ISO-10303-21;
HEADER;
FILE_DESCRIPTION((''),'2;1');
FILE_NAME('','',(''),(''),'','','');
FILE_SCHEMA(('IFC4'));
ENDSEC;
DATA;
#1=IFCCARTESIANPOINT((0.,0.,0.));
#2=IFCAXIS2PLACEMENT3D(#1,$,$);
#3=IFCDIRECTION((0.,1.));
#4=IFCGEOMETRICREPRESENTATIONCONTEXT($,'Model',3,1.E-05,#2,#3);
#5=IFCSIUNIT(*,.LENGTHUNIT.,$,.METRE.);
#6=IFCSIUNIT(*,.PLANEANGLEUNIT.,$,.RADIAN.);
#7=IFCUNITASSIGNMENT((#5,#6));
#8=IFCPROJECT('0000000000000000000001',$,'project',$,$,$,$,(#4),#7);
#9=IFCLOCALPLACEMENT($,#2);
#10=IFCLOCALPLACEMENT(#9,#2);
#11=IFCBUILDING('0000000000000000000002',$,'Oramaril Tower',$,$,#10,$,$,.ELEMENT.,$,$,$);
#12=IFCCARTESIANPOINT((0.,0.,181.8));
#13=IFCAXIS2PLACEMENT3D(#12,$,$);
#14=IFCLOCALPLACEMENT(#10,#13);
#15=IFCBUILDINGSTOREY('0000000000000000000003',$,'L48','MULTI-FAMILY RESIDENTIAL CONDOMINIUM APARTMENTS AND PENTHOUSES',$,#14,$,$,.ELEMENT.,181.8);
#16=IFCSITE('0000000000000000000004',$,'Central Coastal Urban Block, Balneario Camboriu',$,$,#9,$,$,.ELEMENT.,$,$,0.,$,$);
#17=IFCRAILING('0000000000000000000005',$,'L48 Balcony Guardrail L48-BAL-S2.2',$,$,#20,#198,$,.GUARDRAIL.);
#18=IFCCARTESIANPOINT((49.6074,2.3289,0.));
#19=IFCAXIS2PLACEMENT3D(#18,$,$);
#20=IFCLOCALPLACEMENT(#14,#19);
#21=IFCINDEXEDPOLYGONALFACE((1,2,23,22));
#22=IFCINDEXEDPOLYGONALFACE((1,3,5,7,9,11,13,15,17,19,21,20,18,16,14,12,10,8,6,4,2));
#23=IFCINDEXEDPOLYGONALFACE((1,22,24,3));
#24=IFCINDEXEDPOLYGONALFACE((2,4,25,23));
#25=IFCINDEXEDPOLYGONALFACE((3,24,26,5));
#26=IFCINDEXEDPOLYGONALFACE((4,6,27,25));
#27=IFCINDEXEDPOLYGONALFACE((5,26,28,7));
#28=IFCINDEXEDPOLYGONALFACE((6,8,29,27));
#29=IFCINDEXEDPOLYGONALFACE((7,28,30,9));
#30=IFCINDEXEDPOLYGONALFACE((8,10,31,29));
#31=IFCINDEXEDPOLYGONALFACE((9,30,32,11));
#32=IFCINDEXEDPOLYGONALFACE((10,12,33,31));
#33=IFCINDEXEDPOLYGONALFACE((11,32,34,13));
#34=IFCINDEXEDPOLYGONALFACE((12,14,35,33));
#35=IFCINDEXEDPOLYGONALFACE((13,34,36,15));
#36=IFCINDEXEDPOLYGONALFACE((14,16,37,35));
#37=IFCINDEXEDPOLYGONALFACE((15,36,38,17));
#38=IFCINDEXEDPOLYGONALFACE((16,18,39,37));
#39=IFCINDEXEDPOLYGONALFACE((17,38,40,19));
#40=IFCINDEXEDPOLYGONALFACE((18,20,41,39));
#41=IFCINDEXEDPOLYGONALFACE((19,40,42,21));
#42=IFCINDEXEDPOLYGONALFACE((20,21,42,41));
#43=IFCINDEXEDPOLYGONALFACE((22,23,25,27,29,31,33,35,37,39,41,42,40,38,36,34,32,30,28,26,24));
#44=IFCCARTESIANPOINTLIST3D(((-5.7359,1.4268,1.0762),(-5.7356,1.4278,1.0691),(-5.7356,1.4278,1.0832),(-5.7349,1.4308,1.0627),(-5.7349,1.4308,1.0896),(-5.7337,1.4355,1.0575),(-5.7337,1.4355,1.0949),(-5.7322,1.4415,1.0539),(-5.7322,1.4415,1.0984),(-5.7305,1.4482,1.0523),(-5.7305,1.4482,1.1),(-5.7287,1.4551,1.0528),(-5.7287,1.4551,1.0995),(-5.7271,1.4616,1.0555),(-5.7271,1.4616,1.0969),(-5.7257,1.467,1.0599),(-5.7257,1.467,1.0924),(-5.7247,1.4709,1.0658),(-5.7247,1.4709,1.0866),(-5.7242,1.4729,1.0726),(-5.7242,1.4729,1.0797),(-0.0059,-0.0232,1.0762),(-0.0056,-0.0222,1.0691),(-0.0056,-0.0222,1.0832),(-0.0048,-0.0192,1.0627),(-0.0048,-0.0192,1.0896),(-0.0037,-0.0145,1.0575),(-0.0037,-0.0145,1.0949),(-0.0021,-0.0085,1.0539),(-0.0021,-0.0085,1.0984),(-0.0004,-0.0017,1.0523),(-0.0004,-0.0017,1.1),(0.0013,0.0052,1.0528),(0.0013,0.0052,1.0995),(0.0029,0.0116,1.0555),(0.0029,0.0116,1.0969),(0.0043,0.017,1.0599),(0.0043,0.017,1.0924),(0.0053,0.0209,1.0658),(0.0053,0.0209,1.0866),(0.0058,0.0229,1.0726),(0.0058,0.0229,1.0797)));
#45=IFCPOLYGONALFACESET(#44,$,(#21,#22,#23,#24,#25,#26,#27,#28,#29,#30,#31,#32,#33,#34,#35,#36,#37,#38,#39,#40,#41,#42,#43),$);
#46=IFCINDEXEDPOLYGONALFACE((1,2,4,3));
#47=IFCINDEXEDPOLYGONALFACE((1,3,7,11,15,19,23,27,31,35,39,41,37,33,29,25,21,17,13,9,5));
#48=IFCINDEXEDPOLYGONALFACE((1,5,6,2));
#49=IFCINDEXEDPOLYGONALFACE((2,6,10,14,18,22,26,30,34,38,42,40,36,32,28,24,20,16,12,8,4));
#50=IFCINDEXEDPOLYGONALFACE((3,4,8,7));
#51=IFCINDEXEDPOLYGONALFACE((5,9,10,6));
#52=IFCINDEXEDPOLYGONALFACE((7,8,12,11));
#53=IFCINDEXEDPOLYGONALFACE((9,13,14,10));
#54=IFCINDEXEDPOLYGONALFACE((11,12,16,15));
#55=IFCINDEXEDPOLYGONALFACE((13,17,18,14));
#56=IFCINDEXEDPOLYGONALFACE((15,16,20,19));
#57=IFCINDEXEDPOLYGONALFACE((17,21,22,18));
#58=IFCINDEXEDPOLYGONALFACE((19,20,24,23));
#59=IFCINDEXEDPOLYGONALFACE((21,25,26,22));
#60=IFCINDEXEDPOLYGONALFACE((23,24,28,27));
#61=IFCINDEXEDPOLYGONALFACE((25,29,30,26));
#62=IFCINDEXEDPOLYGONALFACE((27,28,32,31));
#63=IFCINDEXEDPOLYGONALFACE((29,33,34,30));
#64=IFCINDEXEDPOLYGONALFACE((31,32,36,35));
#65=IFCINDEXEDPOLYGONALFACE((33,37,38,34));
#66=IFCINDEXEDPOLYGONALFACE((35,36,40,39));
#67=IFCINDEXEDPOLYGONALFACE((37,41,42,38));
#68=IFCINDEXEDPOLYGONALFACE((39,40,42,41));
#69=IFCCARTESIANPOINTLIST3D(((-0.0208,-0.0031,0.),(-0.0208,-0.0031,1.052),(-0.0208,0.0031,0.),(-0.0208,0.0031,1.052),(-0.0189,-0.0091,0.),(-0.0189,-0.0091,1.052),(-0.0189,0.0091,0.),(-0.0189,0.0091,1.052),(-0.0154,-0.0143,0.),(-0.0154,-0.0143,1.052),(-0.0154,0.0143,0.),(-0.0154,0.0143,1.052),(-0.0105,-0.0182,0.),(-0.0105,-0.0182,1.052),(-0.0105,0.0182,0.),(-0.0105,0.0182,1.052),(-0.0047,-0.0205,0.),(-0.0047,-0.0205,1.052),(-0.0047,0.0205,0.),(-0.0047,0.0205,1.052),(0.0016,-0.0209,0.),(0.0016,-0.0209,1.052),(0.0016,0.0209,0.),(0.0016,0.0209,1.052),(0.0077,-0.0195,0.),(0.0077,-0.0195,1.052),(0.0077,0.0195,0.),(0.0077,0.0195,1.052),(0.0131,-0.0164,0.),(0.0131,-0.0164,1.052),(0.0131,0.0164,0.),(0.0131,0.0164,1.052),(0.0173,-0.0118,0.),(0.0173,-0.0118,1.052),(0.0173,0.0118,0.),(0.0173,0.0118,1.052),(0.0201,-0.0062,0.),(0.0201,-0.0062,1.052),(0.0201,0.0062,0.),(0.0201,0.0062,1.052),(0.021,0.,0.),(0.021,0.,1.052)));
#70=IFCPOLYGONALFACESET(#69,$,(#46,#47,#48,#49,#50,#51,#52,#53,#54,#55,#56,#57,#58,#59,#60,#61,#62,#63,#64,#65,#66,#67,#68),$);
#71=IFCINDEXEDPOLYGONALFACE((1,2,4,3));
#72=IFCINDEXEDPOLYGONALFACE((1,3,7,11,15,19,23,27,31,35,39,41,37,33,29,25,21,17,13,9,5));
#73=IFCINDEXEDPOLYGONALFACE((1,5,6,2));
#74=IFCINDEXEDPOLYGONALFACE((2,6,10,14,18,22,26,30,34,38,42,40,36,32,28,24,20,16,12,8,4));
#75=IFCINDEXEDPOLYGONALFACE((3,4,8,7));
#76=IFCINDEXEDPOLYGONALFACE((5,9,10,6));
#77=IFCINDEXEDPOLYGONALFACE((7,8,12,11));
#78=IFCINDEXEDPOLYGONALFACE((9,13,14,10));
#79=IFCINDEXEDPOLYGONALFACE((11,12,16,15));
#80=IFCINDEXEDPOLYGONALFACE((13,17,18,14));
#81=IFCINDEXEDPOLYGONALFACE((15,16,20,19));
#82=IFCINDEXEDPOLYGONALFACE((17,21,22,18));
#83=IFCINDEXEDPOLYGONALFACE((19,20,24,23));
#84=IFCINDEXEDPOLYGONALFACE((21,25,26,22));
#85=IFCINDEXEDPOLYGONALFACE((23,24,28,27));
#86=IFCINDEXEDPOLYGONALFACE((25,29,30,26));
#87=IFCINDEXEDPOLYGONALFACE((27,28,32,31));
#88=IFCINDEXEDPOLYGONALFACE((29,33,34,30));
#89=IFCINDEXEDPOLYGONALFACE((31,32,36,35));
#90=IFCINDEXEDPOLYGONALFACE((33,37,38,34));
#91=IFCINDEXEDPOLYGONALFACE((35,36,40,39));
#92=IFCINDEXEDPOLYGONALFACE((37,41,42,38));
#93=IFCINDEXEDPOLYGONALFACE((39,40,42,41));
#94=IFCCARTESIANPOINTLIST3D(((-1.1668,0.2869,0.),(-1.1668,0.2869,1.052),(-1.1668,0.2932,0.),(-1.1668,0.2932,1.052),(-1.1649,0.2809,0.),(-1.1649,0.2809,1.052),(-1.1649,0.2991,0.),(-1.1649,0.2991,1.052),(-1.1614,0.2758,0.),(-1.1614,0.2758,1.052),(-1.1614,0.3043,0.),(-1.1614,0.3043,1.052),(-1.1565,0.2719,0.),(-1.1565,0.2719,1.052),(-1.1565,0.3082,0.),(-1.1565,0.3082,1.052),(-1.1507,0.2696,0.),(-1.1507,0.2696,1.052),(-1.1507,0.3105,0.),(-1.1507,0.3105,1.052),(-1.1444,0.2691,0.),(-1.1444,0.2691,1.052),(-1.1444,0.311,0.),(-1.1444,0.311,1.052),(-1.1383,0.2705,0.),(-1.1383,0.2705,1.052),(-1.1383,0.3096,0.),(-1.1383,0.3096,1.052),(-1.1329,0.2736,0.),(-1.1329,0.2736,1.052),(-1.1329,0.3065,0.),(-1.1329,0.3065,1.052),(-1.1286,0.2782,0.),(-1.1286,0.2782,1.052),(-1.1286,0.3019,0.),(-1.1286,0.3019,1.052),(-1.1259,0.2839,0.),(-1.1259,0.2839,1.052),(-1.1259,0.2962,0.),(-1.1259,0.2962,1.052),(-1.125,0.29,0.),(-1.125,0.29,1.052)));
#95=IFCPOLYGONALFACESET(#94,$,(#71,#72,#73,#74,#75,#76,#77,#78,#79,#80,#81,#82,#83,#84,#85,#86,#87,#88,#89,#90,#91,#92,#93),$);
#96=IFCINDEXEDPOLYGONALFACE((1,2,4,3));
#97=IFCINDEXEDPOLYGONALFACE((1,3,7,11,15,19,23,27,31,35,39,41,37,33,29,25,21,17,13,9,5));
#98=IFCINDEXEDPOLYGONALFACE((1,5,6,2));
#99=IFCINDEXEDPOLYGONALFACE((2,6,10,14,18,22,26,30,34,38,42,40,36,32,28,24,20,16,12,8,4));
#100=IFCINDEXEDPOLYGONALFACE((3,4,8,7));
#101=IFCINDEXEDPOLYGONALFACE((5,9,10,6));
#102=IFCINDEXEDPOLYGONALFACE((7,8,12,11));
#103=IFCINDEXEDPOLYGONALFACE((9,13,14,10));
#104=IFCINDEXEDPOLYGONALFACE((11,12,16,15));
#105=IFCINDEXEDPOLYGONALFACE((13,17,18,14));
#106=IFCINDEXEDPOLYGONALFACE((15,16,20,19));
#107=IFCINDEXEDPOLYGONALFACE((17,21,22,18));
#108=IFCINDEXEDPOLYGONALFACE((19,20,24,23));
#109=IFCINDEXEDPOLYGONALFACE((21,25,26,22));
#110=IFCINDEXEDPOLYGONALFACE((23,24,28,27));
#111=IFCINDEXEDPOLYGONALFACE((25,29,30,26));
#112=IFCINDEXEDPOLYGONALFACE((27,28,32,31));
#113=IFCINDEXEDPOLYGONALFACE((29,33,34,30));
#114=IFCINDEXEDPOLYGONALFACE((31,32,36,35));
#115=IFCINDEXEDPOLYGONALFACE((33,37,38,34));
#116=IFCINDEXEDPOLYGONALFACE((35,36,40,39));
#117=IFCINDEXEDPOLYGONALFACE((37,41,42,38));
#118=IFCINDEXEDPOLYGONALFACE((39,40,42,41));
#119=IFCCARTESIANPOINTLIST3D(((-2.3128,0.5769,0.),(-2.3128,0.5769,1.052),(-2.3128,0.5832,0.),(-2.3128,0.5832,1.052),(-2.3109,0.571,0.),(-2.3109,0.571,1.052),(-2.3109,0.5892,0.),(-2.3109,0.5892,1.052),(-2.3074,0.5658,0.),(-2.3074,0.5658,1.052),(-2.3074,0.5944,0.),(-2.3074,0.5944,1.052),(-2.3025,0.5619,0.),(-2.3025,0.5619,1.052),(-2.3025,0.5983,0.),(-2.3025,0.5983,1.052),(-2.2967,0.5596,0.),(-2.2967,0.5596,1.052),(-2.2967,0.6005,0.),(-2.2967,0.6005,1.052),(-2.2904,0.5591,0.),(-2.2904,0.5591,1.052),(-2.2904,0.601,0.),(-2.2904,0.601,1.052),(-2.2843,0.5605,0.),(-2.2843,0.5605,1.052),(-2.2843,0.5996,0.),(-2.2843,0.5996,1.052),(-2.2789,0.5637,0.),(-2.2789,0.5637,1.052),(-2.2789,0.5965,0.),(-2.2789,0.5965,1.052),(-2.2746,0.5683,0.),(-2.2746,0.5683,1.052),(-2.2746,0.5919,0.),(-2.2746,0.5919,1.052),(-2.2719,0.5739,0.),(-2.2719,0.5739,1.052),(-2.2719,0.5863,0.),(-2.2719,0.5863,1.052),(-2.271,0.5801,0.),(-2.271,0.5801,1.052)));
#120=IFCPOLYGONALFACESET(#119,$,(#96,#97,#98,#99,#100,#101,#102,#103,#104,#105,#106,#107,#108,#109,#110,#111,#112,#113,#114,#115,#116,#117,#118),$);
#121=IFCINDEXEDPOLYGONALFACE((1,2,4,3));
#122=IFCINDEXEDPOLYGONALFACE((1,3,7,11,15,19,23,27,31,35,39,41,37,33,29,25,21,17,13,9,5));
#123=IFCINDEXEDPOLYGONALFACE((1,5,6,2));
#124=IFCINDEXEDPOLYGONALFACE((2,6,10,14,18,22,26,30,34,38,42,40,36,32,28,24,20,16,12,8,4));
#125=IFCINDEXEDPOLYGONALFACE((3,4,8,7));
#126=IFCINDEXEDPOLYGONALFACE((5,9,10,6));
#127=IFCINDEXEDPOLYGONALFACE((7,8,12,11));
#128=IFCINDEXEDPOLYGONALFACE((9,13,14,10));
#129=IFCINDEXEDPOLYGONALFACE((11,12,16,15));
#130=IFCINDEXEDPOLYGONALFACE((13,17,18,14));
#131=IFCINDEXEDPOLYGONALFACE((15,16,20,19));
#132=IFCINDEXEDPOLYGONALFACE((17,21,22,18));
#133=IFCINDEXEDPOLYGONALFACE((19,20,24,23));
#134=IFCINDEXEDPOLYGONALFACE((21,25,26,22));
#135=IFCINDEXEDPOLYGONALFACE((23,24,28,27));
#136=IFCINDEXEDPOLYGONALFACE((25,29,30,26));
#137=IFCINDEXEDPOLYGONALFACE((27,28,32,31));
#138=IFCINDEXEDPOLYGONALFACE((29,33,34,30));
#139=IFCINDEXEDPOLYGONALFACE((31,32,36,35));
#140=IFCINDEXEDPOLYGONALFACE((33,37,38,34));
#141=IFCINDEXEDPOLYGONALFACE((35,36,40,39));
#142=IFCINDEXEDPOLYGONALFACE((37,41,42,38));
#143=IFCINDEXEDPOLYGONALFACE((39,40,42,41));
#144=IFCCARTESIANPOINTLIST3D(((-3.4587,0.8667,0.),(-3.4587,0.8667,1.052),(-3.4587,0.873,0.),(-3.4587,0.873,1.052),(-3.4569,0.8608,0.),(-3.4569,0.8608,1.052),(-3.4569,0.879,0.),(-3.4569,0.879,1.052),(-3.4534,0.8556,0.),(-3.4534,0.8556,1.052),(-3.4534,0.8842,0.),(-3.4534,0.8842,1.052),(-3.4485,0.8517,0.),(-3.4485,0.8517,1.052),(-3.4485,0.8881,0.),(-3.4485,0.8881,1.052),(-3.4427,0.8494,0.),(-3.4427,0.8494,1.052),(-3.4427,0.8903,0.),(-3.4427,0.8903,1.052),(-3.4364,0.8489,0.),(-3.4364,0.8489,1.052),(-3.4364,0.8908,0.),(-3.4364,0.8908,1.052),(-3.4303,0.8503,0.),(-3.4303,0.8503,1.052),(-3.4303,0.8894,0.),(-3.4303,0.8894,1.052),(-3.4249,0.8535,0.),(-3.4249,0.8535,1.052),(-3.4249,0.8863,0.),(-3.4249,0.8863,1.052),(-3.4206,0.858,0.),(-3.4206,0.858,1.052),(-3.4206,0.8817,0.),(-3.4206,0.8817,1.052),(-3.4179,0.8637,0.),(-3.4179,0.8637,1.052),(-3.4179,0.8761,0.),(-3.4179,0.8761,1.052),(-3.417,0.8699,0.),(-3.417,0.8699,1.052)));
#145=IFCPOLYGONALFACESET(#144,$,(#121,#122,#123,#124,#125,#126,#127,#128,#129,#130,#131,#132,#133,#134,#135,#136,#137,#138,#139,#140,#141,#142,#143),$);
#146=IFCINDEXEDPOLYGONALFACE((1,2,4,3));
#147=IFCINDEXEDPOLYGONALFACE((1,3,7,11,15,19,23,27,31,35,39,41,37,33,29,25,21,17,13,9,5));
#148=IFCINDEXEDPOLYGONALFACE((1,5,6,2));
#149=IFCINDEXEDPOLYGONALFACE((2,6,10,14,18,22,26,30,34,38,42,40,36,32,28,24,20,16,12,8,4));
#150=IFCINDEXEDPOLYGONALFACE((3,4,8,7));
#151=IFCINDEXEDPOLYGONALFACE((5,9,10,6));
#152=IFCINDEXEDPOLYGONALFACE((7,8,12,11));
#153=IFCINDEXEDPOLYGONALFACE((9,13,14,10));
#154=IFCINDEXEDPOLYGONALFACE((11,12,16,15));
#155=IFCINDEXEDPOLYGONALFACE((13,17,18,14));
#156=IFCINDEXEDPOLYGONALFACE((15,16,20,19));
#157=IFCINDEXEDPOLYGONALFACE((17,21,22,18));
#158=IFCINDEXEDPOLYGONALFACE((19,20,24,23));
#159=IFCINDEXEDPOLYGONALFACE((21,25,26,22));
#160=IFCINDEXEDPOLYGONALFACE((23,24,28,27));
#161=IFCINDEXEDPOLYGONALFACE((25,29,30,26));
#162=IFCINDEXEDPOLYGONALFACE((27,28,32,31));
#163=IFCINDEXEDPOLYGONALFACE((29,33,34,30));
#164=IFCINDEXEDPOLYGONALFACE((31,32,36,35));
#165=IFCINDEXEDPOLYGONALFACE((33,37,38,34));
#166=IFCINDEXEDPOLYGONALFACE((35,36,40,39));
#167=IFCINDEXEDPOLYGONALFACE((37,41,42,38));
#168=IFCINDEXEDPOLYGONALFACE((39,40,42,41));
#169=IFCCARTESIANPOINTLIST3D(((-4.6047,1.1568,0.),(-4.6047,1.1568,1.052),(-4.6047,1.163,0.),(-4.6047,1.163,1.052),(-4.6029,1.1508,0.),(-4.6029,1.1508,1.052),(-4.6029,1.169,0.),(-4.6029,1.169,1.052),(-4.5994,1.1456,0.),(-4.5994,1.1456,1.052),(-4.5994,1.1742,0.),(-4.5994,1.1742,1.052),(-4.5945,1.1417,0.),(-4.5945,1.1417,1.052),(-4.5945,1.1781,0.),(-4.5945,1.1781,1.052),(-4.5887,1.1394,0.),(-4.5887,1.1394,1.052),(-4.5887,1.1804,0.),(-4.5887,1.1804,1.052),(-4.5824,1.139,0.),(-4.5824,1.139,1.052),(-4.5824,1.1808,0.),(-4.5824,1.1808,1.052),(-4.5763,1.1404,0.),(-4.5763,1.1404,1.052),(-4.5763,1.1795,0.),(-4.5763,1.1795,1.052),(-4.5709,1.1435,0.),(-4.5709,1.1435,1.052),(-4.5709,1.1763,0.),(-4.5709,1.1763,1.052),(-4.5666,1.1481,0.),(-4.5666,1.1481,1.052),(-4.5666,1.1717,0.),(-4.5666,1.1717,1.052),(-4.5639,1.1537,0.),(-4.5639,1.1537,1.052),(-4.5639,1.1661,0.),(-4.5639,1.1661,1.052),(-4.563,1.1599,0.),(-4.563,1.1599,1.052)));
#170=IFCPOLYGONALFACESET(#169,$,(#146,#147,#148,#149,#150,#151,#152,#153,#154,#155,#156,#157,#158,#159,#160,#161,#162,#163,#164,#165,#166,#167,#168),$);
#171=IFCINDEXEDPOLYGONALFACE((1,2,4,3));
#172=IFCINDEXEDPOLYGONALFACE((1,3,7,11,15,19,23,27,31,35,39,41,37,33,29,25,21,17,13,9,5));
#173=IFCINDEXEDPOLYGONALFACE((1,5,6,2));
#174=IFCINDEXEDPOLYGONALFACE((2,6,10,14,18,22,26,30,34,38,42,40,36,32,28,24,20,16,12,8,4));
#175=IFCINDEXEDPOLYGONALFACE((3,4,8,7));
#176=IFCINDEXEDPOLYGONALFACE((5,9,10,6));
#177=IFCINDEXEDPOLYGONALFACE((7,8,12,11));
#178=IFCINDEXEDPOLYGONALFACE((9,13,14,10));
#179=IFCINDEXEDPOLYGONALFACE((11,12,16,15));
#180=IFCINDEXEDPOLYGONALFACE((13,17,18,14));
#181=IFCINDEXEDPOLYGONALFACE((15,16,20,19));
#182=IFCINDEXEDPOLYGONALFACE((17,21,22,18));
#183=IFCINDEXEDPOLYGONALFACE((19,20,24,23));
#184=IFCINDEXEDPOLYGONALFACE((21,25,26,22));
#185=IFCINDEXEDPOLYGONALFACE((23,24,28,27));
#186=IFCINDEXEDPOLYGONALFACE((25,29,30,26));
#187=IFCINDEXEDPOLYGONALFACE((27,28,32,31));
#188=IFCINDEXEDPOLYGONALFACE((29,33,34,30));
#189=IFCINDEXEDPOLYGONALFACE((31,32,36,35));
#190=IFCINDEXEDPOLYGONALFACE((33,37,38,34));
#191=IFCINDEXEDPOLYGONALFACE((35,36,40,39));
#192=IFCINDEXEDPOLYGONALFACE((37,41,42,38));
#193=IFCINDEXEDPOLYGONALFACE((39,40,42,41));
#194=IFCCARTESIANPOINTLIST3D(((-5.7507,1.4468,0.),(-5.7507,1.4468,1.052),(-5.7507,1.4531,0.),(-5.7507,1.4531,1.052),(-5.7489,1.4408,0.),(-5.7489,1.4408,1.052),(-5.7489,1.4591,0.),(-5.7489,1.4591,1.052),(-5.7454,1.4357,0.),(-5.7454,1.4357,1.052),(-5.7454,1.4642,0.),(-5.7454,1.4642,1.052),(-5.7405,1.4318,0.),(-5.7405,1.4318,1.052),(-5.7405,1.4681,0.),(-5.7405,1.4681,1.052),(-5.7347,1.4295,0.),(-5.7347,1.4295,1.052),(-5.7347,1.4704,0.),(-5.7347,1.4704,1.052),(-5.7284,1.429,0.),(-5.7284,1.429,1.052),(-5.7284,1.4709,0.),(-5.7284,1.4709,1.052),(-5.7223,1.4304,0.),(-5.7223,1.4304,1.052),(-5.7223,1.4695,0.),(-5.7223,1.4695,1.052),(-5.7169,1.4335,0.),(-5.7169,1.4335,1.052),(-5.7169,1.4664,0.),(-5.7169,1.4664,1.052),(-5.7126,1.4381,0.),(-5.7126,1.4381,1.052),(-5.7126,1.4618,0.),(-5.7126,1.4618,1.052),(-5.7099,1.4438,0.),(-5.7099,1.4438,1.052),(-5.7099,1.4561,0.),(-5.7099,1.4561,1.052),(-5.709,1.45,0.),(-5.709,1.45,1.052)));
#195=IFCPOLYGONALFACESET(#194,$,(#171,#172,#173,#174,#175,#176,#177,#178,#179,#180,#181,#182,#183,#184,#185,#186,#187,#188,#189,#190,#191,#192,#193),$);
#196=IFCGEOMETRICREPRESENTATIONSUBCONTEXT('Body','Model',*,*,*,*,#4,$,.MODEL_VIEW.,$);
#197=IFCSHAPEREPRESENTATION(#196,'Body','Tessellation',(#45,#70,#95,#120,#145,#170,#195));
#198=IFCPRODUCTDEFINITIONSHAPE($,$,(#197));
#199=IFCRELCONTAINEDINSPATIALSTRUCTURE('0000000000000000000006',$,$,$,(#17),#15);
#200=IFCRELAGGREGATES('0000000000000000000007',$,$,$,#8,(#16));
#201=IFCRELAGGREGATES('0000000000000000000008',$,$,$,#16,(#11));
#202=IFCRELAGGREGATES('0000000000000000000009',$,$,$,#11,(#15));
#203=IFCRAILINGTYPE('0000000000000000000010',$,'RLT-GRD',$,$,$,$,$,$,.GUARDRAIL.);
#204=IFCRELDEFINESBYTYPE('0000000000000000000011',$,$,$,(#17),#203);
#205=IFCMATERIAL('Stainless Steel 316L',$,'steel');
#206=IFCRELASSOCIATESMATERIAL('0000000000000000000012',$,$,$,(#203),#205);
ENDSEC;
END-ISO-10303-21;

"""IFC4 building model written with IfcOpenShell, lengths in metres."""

from ifc_helpers import new_model, si_unit, direction, frame, origin, origin_2d, place, context, subcontext, project, spatial, circle, extrude, material, type_object, element, save


model = new_model("IFC4")

# Units and contexts
model_context = context("Model", 3, precision=1e-05, world=origin(), true_north=direction((0.0, 1.0)))
body_context = subcontext(model_context, "Body", "Model", "MODEL_VIEW")
ifc_project = project(units=[si_unit("LENGTHUNIT", "METRE"), si_unit("PLANEANGLEUNIT", "RADIAN")], contexts=[model_context])

# Site, building, storey
site_placement = place(None, origin())
site = spatial("IfcSite", under=ifc_project, at=site_placement, Name="Central Coastal Urban Block, Balneario Camboriu", CompositionType="ELEMENT", RefElevation=0.0)
building_placement = place(site_placement, origin())
building = spatial("IfcBuilding", under=site, at=building_placement, Name="Oramaril Tower", CompositionType="ELEMENT")
storey_placement = place(building_placement, frame((0.0, 0.0, 181.8)))
storey = spatial("IfcBuildingStorey", under=building, at=storey_placement, Name="L48", Description="MULTI-FAMILY RESIDENTIAL CONDOMINIUM APARTMENTS AND PENTHOUSES", CompositionType="ELEMENT", Elevation=181.8)

# Railing
ifc_material_1 = material(Name="Stainless Steel 316L", Category="steel")
railing_type = type_object("IfcRailingType", Name="RLT-GRD", PredefinedType="GUARDRAIL", material=ifc_material_1)
railing_1_placement = place(storey_placement, frame((49.6074, 2.3289, 0.0)))
element("IfcRailing", 1, at=railing_1_placement, inside=storey, type_object=railing_type, Name="L48 Balcony Guardrail L48-BAL-S2.2", PredefinedType="GUARDRAIL", context=body_context, shape_type="SweptSolid", body=[
    extrude(circle(Radius=0.0239, at=origin_2d()), frame((0.0, 0.0, 1.0762), z_axis=(-0.969444, 0.245314, 0.0), x_axis=(-0.245314, -0.969444, 0.0)), (0.0, 0.0, 1.0), 5.9106),
    extrude(circle(Radius=0.021, at=origin_2d()), origin(), (0.0, 0.0, 1.0), 1.052),
    extrude(circle(Radius=0.021, at=origin_2d()), frame((-1.146, 0.29, 0.0)), (0.0, 0.0, 1.0), 1.052),
    extrude(circle(Radius=0.021, at=origin_2d()), frame((-2.292, 0.5801, 0.0)), (0.0, 0.0, 1.0), 1.052),
    extrude(circle(Radius=0.021, at=origin_2d()), frame((-3.438, 0.8699, 0.0)), (0.0, 0.0, 1.0), 1.052),
    extrude(circle(Radius=0.021, at=origin_2d()), frame((-4.584, 1.1599, 0.0)), (0.0, 0.0, 1.0), 1.052),
    extrude(circle(Radius=0.021, at=origin_2d()), frame((-5.73, 1.45, 0.0)), (0.0, 0.0, 1.0), 1.052),
])

save(model, "model.ifc")
